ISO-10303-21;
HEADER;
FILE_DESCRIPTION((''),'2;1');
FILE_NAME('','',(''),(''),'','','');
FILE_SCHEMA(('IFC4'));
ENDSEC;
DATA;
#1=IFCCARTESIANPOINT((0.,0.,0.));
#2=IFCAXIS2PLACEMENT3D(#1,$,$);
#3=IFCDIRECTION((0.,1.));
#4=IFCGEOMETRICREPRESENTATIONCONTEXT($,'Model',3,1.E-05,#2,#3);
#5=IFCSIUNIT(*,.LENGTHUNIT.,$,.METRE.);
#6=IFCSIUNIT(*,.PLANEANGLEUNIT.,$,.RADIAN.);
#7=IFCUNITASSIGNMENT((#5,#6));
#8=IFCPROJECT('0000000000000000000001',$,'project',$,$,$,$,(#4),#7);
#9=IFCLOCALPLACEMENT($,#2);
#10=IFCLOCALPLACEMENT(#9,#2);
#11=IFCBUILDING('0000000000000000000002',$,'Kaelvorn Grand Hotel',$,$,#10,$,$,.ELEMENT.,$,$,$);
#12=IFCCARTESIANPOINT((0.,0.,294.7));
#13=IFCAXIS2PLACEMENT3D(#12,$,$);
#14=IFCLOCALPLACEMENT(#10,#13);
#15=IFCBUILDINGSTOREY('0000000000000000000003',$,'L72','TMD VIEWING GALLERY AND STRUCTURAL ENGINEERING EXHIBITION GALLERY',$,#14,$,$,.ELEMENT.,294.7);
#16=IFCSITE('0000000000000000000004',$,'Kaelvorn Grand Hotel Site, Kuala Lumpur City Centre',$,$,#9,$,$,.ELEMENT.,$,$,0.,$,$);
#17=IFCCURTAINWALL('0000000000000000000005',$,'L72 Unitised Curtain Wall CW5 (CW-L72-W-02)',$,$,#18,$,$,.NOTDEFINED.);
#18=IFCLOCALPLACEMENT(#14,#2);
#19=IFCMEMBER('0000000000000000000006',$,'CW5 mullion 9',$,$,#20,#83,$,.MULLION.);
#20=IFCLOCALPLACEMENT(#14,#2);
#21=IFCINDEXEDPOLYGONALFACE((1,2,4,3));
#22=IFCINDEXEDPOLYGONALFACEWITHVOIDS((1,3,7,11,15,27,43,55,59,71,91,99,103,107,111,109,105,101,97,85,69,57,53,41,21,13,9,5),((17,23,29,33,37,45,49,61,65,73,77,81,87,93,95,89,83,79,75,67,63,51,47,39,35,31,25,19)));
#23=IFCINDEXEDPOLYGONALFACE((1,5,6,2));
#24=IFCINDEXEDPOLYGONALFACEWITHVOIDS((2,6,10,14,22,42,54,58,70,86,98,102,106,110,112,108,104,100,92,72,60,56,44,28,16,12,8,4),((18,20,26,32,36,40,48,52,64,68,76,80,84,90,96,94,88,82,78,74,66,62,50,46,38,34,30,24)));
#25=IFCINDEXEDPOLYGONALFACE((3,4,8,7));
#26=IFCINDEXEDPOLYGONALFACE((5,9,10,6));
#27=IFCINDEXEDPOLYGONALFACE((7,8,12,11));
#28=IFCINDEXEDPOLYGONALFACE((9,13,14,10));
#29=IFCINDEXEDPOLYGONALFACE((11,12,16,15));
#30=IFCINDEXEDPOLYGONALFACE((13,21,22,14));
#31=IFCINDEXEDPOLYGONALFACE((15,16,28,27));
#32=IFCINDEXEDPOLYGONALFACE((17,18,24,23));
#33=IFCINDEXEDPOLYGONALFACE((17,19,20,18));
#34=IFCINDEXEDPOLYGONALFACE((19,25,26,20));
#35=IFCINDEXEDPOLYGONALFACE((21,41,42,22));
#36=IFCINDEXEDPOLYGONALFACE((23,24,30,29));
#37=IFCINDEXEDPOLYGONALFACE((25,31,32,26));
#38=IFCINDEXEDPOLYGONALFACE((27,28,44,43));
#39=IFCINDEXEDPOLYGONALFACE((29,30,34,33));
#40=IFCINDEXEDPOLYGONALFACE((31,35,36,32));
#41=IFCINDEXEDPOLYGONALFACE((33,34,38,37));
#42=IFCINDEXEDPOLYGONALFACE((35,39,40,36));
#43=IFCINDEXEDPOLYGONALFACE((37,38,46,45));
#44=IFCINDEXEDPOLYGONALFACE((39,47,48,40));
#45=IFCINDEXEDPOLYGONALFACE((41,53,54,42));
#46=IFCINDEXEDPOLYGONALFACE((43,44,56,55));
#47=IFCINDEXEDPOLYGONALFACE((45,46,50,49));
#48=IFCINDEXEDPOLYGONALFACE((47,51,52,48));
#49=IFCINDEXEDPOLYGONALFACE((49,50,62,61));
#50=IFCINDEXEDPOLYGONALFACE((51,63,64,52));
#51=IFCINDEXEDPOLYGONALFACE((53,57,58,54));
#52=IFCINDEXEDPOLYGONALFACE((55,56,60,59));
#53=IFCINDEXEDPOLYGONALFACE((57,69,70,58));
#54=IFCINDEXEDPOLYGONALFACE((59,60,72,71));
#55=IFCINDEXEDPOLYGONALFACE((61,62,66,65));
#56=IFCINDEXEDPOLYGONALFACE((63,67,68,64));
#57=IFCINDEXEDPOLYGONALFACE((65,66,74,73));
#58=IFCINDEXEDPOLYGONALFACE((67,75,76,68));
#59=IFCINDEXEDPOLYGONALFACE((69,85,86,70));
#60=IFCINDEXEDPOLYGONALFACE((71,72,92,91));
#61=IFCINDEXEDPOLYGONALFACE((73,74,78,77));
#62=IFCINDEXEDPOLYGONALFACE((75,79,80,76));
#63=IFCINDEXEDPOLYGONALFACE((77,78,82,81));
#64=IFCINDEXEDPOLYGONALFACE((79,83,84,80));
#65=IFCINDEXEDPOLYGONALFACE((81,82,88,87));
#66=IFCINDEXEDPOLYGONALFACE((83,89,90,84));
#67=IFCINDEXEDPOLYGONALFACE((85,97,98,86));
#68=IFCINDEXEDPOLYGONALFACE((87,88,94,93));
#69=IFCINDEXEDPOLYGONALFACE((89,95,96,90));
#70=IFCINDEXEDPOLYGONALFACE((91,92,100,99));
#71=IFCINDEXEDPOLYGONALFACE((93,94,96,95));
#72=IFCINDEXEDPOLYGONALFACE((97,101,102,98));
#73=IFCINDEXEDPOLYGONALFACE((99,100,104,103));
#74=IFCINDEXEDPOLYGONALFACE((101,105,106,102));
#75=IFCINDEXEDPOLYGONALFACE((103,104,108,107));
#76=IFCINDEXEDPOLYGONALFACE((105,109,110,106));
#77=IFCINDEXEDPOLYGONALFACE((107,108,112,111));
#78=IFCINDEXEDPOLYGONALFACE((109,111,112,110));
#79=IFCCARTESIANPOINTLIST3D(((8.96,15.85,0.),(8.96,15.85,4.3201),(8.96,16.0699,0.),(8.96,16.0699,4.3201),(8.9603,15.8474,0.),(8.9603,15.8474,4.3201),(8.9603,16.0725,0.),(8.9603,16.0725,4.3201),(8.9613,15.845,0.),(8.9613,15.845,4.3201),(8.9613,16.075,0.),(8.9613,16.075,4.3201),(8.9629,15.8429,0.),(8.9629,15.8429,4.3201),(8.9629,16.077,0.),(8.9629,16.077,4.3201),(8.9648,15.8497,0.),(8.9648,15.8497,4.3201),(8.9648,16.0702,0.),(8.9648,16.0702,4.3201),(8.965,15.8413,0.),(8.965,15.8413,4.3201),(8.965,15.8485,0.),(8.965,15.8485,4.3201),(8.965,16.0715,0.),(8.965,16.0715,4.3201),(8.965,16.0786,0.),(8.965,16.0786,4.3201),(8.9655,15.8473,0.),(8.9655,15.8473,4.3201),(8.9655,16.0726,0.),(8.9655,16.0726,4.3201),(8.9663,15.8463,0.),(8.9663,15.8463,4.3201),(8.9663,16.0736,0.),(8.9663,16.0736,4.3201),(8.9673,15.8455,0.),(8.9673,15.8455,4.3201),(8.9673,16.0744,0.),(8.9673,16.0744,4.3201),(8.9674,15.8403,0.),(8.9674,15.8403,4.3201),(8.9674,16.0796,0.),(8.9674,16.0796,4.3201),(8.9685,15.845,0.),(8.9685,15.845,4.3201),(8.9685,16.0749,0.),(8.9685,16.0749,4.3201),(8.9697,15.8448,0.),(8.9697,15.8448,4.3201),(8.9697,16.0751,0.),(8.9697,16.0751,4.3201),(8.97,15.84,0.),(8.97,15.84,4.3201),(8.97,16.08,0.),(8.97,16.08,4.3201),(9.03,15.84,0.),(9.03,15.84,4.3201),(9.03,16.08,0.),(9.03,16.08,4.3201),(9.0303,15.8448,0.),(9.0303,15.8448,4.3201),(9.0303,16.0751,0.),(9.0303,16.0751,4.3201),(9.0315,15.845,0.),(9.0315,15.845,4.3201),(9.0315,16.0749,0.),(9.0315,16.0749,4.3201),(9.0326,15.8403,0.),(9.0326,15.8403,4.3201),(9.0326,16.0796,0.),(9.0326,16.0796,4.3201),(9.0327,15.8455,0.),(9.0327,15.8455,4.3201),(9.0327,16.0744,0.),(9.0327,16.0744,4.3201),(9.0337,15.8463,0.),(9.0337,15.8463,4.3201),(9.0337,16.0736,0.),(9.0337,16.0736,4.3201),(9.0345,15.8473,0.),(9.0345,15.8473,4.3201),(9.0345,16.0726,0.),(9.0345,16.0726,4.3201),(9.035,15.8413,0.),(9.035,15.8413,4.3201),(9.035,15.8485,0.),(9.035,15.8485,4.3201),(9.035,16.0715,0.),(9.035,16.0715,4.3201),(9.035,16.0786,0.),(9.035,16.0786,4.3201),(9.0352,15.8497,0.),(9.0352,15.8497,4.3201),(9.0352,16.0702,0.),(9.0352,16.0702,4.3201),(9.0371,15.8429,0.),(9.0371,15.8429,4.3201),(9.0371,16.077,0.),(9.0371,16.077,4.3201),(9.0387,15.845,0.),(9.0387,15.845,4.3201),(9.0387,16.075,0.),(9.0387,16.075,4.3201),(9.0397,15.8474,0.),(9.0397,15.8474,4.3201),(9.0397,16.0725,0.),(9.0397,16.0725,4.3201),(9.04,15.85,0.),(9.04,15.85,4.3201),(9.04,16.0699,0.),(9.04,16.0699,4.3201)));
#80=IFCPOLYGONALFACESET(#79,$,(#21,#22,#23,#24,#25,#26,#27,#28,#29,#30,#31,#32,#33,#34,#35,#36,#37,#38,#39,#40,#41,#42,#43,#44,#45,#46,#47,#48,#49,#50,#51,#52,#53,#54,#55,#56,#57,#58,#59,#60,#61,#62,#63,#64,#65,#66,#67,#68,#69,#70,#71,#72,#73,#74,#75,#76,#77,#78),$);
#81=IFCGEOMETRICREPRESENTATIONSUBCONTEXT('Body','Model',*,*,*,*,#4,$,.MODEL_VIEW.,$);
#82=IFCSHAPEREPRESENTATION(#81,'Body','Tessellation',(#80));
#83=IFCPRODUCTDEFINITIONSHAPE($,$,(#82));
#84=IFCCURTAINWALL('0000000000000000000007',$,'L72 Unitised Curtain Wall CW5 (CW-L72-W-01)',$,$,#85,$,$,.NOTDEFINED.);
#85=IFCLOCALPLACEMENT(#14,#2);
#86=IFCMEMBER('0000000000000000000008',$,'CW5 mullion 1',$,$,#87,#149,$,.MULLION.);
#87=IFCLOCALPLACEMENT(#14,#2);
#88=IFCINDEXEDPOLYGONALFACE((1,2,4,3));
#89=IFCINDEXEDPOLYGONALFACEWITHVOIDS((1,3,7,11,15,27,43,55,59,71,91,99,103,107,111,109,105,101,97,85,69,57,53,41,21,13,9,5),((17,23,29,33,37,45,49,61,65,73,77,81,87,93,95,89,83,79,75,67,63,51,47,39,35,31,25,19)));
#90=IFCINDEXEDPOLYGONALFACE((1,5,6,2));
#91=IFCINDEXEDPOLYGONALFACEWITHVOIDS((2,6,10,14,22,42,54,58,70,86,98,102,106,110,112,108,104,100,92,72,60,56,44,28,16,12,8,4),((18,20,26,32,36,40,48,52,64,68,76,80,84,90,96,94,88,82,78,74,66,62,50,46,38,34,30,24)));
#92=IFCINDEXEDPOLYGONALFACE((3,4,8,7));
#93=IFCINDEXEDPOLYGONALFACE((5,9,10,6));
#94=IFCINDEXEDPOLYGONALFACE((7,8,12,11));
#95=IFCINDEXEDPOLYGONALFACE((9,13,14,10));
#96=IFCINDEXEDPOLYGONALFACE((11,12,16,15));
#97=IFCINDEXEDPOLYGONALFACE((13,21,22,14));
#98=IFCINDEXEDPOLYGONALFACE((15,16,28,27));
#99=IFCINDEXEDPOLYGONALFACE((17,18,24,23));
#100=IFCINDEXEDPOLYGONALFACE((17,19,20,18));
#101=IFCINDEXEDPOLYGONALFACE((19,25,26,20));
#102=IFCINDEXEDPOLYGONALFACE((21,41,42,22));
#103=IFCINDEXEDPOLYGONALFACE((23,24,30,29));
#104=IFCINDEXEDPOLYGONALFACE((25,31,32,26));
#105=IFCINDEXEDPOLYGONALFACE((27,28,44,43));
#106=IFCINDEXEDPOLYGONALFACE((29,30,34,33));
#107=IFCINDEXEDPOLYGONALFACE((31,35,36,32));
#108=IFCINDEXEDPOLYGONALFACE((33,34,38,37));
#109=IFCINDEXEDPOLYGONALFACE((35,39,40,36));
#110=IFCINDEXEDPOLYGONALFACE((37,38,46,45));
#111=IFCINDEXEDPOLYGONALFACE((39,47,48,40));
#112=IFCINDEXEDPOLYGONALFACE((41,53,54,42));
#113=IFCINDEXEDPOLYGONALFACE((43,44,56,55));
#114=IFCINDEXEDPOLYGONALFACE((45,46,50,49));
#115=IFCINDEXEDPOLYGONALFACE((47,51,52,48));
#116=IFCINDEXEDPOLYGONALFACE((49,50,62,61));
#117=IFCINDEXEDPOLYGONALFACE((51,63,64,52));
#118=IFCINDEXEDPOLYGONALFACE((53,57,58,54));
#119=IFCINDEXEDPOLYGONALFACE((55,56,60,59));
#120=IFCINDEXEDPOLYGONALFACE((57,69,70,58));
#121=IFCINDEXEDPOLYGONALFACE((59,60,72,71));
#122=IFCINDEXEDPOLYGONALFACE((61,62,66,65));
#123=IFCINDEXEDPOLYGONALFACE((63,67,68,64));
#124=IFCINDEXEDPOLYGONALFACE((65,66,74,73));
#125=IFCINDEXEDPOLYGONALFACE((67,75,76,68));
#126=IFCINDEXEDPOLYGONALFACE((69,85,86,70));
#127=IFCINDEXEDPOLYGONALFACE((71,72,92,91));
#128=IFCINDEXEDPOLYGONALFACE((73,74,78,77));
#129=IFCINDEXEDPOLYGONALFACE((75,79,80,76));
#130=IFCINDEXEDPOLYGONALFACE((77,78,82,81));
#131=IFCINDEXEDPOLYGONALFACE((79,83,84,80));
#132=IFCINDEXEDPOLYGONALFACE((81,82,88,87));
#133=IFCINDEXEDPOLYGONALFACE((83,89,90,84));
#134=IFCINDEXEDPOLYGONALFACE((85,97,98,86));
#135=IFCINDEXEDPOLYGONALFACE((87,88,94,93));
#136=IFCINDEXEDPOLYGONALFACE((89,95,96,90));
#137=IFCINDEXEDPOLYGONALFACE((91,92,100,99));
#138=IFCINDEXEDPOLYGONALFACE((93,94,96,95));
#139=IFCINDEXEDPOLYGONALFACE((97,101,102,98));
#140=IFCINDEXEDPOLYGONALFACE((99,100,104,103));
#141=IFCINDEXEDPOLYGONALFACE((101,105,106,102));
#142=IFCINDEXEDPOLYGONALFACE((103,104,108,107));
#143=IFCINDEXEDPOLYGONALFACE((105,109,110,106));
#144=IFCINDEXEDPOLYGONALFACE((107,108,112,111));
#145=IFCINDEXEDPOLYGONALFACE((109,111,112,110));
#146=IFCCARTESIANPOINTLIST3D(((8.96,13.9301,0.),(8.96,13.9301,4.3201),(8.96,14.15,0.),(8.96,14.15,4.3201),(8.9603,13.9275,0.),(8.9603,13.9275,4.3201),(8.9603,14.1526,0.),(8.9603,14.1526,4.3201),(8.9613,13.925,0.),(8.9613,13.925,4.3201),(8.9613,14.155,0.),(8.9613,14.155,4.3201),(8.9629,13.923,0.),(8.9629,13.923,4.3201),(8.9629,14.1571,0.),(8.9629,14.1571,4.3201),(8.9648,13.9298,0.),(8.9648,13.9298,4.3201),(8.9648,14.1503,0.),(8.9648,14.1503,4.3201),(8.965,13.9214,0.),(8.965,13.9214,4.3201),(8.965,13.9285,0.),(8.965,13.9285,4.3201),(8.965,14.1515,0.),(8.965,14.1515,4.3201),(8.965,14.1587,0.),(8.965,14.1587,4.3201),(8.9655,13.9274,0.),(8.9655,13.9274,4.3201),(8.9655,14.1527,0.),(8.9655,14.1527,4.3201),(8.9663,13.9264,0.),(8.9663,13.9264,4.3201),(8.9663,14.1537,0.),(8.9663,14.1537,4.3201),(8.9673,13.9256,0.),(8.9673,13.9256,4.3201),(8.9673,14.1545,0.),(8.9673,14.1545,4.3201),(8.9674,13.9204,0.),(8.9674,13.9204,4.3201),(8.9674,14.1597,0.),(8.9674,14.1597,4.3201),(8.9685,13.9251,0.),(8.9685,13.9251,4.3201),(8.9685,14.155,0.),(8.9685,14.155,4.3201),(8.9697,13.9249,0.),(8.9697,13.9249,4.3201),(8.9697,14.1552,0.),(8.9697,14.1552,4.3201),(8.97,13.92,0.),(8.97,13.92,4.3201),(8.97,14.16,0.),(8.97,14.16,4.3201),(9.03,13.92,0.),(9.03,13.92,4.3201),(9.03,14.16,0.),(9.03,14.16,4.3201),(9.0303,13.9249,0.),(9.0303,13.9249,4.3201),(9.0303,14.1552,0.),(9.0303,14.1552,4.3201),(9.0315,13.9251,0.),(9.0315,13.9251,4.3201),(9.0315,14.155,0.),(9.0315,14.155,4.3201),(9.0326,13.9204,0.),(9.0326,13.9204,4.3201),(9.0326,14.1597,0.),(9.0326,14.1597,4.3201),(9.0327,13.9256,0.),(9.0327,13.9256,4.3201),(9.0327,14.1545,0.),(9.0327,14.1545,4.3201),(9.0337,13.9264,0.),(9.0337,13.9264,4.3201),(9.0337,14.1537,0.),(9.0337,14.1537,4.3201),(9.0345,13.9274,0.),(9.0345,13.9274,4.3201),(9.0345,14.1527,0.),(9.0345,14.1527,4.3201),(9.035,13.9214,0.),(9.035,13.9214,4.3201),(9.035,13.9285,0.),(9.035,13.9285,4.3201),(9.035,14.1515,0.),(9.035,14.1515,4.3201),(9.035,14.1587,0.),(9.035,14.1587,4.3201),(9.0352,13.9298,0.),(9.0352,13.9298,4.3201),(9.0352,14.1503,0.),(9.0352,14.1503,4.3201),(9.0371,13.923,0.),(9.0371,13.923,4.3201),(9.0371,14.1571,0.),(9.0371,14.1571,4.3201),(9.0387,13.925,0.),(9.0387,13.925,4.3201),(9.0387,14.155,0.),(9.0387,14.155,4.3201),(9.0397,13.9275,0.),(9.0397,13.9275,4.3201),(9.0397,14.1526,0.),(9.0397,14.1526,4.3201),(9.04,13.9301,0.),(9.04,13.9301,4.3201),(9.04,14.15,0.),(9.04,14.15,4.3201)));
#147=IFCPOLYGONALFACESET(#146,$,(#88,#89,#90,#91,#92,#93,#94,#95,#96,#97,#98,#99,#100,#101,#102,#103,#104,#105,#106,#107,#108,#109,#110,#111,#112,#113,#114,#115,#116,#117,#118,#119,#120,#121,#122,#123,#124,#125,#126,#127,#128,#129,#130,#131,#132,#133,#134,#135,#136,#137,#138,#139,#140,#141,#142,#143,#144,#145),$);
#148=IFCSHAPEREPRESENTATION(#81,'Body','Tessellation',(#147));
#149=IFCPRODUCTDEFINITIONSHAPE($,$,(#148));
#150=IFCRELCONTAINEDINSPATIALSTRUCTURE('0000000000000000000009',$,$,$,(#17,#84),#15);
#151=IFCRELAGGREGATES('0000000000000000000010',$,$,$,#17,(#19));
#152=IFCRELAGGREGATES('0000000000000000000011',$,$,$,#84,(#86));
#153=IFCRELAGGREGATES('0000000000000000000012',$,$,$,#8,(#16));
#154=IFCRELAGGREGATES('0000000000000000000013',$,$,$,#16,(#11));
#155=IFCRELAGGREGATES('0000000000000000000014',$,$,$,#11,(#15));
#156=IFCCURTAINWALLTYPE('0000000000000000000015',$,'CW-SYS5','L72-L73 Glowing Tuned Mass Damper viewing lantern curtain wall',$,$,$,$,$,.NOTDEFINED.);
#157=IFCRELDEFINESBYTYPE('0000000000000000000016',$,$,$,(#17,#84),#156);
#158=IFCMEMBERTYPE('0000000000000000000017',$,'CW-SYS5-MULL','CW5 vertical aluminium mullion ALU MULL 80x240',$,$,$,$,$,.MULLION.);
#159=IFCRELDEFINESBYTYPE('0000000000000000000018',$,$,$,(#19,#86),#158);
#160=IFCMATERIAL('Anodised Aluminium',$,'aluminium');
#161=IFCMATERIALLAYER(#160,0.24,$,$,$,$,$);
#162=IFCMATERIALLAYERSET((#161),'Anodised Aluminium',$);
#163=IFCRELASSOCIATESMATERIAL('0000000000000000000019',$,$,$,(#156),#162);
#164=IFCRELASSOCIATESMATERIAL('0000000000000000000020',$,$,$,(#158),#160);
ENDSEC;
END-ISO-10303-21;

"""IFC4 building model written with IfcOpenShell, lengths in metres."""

from ifc_helpers import new_model, si_unit, direction, frame, origin, origin_2d, place, context, subcontext, project, spatial, hollow_rectangle, extrude, material, layer, layer_set, material_profile, profile_set, type_object, element, aggregate, save


model = new_model("IFC4")

# Units and contexts
model_context = context("Model", 3, precision=1e-05, world=origin(), true_north=direction((0.0, 1.0)))
body_context = subcontext(model_context, "Body", "Model", "MODEL_VIEW")
ifc_project = project(units=[si_unit("LENGTHUNIT", "METRE"), si_unit("PLANEANGLEUNIT", "RADIAN")], contexts=[model_context])

# Site, building, storey
site_placement = place(None, origin())
site = spatial("IfcSite", under=ifc_project, at=site_placement, Name="Kaelvorn Grand Hotel Site, Kuala Lumpur City Centre", CompositionType="ELEMENT", RefElevation=0.0)
building_placement = place(site_placement, origin())
building = spatial("IfcBuilding", under=site, at=building_placement, Name="Kaelvorn Grand Hotel", CompositionType="ELEMENT")
storey_placement = place(building_placement, frame((0.0, 0.0, 294.7)))
storey = spatial("IfcBuildingStorey", under=building, at=storey_placement, Name="L72", Description="TMD VIEWING GALLERY AND STRUCTURAL ENGINEERING EXHIBITION GALLERY", CompositionType="ELEMENT", Elevation=294.7)

# Curtain walls, members
ifc_material_1 = material(Name="Anodised Aluminium", Category="aluminium")
ifc_layer_1 = layer(ifc_material_1, 0.24)
ifc_layer_set_1 = layer_set([ifc_layer_1], Name="Anodised Aluminium")
curtain_wall_type = type_object("IfcCurtainWallType", Name="CW-SYS5", Description="L72-L73 Glowing Tuned Mass Damper viewing lantern curtain wall", PredefinedType="NOTDEFINED", material=ifc_layer_set_1)
curtain_wall_1_placement = place(storey_placement, origin())
curtain_wall_1 = element("IfcCurtainWall", 1, at=curtain_wall_1_placement, inside=storey, type_object=curtain_wall_type, Name="L72 Unitised Curtain Wall CW5 (CW-L72-W-02)", PredefinedType="NOTDEFINED")
ifc_material_profile_1 = material_profile(ifc_material_1, hollow_rectangle(XDim=0.0801, YDim=0.24, WallThickness=0.0049, InnerFilletRadius=0.0049, OuterFilletRadius=0.01, at=origin_2d()), Name="ALU MULL 80x240")
ifc_profile_set_1 = profile_set([ifc_material_profile_1], Name="Anodised Aluminium")
member_type_1 = type_object("IfcMemberType", Name="CW-SYS5-MULL", Description="CW5 vertical aluminium mullion ALU MULL 80x240", PredefinedType="MULLION", material=ifc_profile_set_1)
member_1_placement = place(storey_placement, frame((9.0, 15.96, 0.0), z_axis=(0.0, 0.0, 1.0), x_axis=(1.0, 0.0, 0.0)))
member_1 = element("IfcMember", 2, at=member_1_placement, type_object=member_type_1, Name="CW5 mullion 9", PredefinedType="MULLION", context=body_context, shape_type="SweptSolid", body=[
    extrude(hollow_rectangle(XDim=0.0801, YDim=0.24, WallThickness=0.0049, InnerFilletRadius=0.0049, OuterFilletRadius=0.01, at=origin_2d()), origin(), (0.0, 0.0, 1.0), 4.3201),
])
curtain_wall_2_placement = place(storey_placement, origin())
curtain_wall_2 = element("IfcCurtainWall", 3, at=curtain_wall_2_placement, inside=storey, type_object=curtain_wall_type, Name="L72 Unitised Curtain Wall CW5 (CW-L72-W-01)", PredefinedType="NOTDEFINED")
member_2_placement = place(storey_placement, frame((9.0, 14.04, 0.0), z_axis=(0.0, 0.0, 1.0), x_axis=(1.0, 0.0, 0.0)))
member_2 = element("IfcMember", 4, at=member_2_placement, type_object=member_type_1, Name="CW5 mullion 1", PredefinedType="MULLION", context=body_context, shape_type="SweptSolid", body=[
    extrude(hollow_rectangle(XDim=0.0801, YDim=0.24, WallThickness=0.0049, InnerFilletRadius=0.0049, OuterFilletRadius=0.01, at=origin_2d()), origin(), (0.0, 0.0, 1.0), 4.3201),
])

aggregate(curtain_wall_1, [member_1])
aggregate(curtain_wall_2, [member_2])

save(model, "model.ifc")
